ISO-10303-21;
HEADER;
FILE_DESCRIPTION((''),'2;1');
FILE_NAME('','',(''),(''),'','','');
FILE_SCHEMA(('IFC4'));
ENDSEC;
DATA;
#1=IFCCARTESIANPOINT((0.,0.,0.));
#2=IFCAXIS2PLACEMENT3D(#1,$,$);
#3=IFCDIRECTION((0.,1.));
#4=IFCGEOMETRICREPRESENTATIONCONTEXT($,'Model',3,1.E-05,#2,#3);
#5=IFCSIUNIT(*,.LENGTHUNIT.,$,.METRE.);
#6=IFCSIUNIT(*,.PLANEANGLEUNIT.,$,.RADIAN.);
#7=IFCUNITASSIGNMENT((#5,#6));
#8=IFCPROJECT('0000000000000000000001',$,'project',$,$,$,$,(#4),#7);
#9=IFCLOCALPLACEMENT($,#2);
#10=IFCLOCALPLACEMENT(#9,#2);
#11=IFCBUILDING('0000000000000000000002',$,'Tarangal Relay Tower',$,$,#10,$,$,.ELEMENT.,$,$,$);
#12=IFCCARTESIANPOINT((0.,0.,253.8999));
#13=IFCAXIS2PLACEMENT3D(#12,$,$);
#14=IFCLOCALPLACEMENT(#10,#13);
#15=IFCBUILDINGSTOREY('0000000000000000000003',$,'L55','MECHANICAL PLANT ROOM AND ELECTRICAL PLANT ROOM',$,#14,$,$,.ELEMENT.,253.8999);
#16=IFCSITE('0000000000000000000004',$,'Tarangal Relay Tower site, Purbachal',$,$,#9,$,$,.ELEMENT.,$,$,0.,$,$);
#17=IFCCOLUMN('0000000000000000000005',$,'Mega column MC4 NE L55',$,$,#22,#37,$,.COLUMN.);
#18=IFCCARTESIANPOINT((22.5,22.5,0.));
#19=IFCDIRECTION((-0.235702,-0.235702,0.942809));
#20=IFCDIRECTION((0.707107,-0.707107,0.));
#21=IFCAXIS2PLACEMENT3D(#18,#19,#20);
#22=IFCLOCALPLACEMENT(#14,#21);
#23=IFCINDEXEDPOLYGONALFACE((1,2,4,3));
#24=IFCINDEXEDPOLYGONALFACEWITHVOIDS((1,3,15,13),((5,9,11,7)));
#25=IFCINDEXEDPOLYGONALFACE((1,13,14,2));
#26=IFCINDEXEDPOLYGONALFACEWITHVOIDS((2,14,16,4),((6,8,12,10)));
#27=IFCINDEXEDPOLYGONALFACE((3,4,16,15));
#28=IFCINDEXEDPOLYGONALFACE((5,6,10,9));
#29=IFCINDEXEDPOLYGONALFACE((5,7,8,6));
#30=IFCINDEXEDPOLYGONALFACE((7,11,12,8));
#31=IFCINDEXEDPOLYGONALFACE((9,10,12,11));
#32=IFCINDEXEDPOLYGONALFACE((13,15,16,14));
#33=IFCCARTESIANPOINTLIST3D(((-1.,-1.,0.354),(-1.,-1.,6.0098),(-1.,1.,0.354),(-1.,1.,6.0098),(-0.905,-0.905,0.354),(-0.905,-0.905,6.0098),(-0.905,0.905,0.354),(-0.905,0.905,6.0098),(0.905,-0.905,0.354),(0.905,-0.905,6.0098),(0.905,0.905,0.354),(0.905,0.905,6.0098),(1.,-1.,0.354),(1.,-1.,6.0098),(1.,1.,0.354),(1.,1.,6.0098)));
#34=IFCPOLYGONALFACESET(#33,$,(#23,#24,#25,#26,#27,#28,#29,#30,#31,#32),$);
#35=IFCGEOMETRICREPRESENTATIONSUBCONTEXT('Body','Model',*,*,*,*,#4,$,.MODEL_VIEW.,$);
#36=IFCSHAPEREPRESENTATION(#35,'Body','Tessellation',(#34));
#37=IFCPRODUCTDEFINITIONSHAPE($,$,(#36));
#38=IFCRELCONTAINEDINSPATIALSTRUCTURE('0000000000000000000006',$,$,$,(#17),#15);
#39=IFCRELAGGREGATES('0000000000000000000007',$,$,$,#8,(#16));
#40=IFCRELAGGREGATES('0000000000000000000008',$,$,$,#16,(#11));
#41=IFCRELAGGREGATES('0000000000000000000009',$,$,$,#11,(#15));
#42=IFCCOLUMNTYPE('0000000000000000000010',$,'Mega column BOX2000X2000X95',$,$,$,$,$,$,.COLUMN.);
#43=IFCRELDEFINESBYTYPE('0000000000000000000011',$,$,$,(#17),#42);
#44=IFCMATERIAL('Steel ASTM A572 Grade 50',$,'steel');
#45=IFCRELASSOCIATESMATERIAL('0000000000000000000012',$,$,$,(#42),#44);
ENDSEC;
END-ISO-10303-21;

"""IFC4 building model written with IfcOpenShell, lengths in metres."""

from ifc_helpers import new_model, si_unit, direction, frame, origin, origin_2d, place, context, subcontext, project, spatial, hollow_rectangle, extrude, clip, halfspace, material, material_profile, profile_set, type_object, element, save


model = new_model("IFC4")

# Units and contexts
model_context = context("Model", 3, precision=1e-05, world=origin(), true_north=direction((0.0, 1.0)))
body_context = subcontext(model_context, "Body", "Model", "MODEL_VIEW")
ifc_project = project(units=[si_unit("LENGTHUNIT", "METRE"), si_unit("PLANEANGLEUNIT", "RADIAN")], contexts=[model_context])

# Site, building, storey
site_placement = place(None, origin())
site = spatial("IfcSite", under=ifc_project, at=site_placement, Name="Tarangal Relay Tower site, Purbachal", CompositionType="ELEMENT", RefElevation=0.0)
building_placement = place(site_placement, origin())
building = spatial("IfcBuilding", under=site, at=building_placement, Name="Tarangal Relay Tower", CompositionType="ELEMENT")
storey_placement = place(building_placement, frame((0.0, 0.0, 253.8999)))
storey = spatial("IfcBuildingStorey", under=building, at=storey_placement, Name="L55", Description="MECHANICAL PLANT ROOM AND ELECTRICAL PLANT ROOM", CompositionType="ELEMENT", Elevation=253.8999)

# Column
ifc_material_1 = material(Name="Steel ASTM A572 Grade 50", Category="steel")
ifc_material_profile_1 = material_profile(ifc_material_1, hollow_rectangle(XDim=2.0, YDim=2.0, WallThickness=0.095, at=origin_2d()), Name="BOX2000X2000X95")
ifc_profile_set_1 = profile_set([ifc_material_profile_1], Name="Steel ASTM A572 Grade 50")
column_type = type_object("IfcColumnType", Name="Mega column BOX2000X2000X95", PredefinedType="COLUMN", material=ifc_profile_set_1)
column_placement = place(storey_placement, frame((22.5, 22.5, 0.0), z_axis=(-0.235702, -0.235702, 0.942809), x_axis=(0.707107, -0.707107, 0.0)))
element("IfcColumn", 1, at=column_placement, inside=storey, type_object=column_type, Name="Mega column MC4 NE L55", PredefinedType="COLUMN", context=body_context, shape_type="Clipping", body=[
    clip(clip(extrude(hollow_rectangle(XDim=2.0, YDim=2.0, WallThickness=0.095, at=origin_2d()), origin(), (0.0, 0.0, 1.0), 6.364), halfspace(frame((0.0, 0.0, 0.354)), True)), halfspace(frame((0.0, 0.0, 6.0098)), False)),
])

save(model, "model.ifc")
